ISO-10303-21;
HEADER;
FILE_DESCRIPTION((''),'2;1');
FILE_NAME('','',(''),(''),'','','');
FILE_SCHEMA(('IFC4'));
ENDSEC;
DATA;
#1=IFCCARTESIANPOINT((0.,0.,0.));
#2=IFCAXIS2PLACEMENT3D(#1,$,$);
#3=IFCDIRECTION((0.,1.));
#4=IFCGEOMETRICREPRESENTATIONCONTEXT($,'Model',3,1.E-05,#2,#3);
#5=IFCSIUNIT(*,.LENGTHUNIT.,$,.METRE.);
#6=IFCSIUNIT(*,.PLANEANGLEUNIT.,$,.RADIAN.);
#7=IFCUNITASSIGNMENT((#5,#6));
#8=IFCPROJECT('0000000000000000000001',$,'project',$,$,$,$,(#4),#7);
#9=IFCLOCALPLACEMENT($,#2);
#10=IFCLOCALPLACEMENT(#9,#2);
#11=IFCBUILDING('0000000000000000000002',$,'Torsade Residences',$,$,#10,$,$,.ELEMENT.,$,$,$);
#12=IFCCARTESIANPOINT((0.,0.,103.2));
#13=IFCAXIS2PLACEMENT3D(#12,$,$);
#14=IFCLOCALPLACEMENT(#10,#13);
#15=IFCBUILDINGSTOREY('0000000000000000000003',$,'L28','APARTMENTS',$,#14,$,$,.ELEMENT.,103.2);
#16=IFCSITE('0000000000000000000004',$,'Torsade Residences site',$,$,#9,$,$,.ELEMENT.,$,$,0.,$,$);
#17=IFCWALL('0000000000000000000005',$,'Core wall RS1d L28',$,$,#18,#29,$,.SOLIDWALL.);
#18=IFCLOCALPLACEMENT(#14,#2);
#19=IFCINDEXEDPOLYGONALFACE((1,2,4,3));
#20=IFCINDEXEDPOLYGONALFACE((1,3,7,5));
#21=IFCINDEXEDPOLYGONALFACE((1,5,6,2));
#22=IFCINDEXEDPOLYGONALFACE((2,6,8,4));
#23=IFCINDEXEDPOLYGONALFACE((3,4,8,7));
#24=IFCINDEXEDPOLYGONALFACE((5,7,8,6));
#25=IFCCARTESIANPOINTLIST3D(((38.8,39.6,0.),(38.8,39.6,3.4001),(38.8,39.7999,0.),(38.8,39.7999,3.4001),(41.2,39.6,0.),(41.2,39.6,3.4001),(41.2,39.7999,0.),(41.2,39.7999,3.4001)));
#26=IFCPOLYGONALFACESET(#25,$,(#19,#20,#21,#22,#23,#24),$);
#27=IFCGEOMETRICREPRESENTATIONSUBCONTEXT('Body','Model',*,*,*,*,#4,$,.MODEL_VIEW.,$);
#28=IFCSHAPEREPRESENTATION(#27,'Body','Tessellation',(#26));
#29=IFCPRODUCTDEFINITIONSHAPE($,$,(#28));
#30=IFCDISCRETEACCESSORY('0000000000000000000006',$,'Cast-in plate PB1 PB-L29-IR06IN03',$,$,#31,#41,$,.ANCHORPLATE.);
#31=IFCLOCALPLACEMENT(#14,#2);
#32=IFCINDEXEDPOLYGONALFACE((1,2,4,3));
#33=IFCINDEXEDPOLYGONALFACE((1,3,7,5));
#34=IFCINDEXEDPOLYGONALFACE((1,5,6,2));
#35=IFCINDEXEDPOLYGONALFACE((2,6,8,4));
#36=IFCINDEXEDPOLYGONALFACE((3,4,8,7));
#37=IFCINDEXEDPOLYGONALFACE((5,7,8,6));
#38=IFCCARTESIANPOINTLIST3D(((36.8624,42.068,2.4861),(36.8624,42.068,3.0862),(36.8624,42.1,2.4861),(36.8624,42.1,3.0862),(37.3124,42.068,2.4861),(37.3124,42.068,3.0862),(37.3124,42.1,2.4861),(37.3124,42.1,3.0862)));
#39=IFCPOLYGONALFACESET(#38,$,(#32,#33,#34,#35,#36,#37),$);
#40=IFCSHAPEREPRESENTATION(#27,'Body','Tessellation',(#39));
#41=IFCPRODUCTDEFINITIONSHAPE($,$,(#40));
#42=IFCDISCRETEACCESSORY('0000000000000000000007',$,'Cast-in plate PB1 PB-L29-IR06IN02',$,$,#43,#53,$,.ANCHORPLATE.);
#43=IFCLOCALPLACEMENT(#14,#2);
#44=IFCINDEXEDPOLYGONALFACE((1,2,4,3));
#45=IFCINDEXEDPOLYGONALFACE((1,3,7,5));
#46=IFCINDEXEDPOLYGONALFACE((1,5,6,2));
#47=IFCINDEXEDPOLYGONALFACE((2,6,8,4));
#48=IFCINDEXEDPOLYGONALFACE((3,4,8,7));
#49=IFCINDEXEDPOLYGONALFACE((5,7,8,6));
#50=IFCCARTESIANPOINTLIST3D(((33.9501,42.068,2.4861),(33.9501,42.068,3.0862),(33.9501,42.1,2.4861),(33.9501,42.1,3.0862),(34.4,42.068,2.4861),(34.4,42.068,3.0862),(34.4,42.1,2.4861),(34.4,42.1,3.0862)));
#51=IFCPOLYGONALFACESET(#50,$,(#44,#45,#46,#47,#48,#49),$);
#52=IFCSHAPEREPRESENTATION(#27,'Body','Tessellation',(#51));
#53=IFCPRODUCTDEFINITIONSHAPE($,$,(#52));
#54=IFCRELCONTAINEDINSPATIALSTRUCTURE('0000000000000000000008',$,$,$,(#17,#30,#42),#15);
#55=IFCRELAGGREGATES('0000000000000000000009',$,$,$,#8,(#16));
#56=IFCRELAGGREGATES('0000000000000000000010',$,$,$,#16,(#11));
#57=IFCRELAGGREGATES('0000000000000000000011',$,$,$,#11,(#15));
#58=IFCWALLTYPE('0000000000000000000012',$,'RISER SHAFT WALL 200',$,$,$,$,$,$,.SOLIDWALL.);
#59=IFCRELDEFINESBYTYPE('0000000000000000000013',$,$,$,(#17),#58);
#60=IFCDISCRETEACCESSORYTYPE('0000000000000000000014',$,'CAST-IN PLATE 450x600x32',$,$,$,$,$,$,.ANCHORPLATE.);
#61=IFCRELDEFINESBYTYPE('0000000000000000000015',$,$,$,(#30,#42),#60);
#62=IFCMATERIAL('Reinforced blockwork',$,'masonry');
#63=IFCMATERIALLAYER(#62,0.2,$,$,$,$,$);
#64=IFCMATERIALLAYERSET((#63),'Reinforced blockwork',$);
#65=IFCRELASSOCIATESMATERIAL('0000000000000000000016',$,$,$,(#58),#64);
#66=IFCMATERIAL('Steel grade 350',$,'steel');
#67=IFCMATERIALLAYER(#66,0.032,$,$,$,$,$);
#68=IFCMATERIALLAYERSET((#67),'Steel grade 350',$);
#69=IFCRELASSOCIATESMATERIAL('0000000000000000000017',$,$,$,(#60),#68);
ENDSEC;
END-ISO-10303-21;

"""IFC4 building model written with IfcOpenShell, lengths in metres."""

from ifc_helpers import new_model, si_unit, direction, frame, frame_2d, origin, origin_2d, place, context, subcontext, project, spatial, rectangle, extrude, material, layer, layer_set, type_object, element, save


model = new_model("IFC4")

# Units and contexts
model_context = context("Model", 3, precision=1e-05, world=origin(), true_north=direction((0.0, 1.0)))
body_context = subcontext(model_context, "Body", "Model", "MODEL_VIEW")
ifc_project = project(units=[si_unit("LENGTHUNIT", "METRE"), si_unit("PLANEANGLEUNIT", "RADIAN")], contexts=[model_context])

# Site, building, storey
site_placement = place(None, origin())
site = spatial("IfcSite", under=ifc_project, at=site_placement, Name="Torsade Residences site", CompositionType="ELEMENT", RefElevation=0.0)
building_placement = place(site_placement, origin())
building = spatial("IfcBuilding", under=site, at=building_placement, Name="Torsade Residences", CompositionType="ELEMENT")
storey_placement = place(building_placement, frame((0.0, 0.0, 103.2)))
storey = spatial("IfcBuildingStorey", under=building, at=storey_placement, Name="L28", Description="APARTMENTS", CompositionType="ELEMENT", Elevation=103.2)

# Wall
ifc_material_1 = material(Name="Reinforced blockwork", Category="masonry")
ifc_layer_1 = layer(ifc_material_1, 0.2)
ifc_layer_set_1 = layer_set([ifc_layer_1], Name="Reinforced blockwork")
wall_type_1 = type_object("IfcWallType", Name="RISER SHAFT WALL 200", PredefinedType="SOLIDWALL", material=ifc_layer_set_1)
wall_1_placement = place(storey_placement, frame((38.8, 39.7, 0.0), z_axis=(0.0, 0.0, 1.0), x_axis=(1.0, 0.0, 0.0)))
element("IfcWall", 1, at=wall_1_placement, inside=storey, type_object=wall_type_1, Name="Core wall RS1d L28", PredefinedType="SOLIDWALL", context=body_context, shape_type="SweptSolid", body=[
    extrude(rectangle(XDim=2.3999, YDim=0.2, at=frame_2d((1.2, 0.0))), origin(), (0.0, 0.0, 1.0), 3.4001),
])

# Discrete accessories
ifc_material_2 = material(Name="Steel grade 350", Category="steel")
ifc_layer_2 = layer(ifc_material_2, 0.032)
ifc_layer_set_2 = layer_set([ifc_layer_2], Name="Steel grade 350")
discrete_accessory_type = type_object("IfcDiscreteAccessoryType", Name="CAST-IN PLATE 450x600x32", PredefinedType="ANCHORPLATE", material=ifc_layer_set_2)
for number, where, z_axis, x_axis, name in (
    (2, (37.0874, 42.084, 2.4861), (0.0, 0.0, 1.0), (1.0, 0.0, 0.0), "Cast-in plate PB1 PB-L29-IR06IN03"),
    (3, (34.175, 42.084, 2.4861), (0.0, 0.0, 1.0), (1.0, 0.0, 0.0), "Cast-in plate PB1 PB-L29-IR06IN02"),
):
    element("IfcDiscreteAccessory", number, at=place(storey_placement, frame(where, z_axis=z_axis, x_axis=x_axis)), inside=storey, type_object=discrete_accessory_type, Name=name, PredefinedType="ANCHORPLATE", context=body_context, shape_type="SweptSolid", body=[
        extrude(rectangle(XDim=0.45, YDim=0.032, at=origin_2d()), origin(), (0.0, 0.0, 1.0), 0.6001),
    ])

save(model, "model.ifc")
